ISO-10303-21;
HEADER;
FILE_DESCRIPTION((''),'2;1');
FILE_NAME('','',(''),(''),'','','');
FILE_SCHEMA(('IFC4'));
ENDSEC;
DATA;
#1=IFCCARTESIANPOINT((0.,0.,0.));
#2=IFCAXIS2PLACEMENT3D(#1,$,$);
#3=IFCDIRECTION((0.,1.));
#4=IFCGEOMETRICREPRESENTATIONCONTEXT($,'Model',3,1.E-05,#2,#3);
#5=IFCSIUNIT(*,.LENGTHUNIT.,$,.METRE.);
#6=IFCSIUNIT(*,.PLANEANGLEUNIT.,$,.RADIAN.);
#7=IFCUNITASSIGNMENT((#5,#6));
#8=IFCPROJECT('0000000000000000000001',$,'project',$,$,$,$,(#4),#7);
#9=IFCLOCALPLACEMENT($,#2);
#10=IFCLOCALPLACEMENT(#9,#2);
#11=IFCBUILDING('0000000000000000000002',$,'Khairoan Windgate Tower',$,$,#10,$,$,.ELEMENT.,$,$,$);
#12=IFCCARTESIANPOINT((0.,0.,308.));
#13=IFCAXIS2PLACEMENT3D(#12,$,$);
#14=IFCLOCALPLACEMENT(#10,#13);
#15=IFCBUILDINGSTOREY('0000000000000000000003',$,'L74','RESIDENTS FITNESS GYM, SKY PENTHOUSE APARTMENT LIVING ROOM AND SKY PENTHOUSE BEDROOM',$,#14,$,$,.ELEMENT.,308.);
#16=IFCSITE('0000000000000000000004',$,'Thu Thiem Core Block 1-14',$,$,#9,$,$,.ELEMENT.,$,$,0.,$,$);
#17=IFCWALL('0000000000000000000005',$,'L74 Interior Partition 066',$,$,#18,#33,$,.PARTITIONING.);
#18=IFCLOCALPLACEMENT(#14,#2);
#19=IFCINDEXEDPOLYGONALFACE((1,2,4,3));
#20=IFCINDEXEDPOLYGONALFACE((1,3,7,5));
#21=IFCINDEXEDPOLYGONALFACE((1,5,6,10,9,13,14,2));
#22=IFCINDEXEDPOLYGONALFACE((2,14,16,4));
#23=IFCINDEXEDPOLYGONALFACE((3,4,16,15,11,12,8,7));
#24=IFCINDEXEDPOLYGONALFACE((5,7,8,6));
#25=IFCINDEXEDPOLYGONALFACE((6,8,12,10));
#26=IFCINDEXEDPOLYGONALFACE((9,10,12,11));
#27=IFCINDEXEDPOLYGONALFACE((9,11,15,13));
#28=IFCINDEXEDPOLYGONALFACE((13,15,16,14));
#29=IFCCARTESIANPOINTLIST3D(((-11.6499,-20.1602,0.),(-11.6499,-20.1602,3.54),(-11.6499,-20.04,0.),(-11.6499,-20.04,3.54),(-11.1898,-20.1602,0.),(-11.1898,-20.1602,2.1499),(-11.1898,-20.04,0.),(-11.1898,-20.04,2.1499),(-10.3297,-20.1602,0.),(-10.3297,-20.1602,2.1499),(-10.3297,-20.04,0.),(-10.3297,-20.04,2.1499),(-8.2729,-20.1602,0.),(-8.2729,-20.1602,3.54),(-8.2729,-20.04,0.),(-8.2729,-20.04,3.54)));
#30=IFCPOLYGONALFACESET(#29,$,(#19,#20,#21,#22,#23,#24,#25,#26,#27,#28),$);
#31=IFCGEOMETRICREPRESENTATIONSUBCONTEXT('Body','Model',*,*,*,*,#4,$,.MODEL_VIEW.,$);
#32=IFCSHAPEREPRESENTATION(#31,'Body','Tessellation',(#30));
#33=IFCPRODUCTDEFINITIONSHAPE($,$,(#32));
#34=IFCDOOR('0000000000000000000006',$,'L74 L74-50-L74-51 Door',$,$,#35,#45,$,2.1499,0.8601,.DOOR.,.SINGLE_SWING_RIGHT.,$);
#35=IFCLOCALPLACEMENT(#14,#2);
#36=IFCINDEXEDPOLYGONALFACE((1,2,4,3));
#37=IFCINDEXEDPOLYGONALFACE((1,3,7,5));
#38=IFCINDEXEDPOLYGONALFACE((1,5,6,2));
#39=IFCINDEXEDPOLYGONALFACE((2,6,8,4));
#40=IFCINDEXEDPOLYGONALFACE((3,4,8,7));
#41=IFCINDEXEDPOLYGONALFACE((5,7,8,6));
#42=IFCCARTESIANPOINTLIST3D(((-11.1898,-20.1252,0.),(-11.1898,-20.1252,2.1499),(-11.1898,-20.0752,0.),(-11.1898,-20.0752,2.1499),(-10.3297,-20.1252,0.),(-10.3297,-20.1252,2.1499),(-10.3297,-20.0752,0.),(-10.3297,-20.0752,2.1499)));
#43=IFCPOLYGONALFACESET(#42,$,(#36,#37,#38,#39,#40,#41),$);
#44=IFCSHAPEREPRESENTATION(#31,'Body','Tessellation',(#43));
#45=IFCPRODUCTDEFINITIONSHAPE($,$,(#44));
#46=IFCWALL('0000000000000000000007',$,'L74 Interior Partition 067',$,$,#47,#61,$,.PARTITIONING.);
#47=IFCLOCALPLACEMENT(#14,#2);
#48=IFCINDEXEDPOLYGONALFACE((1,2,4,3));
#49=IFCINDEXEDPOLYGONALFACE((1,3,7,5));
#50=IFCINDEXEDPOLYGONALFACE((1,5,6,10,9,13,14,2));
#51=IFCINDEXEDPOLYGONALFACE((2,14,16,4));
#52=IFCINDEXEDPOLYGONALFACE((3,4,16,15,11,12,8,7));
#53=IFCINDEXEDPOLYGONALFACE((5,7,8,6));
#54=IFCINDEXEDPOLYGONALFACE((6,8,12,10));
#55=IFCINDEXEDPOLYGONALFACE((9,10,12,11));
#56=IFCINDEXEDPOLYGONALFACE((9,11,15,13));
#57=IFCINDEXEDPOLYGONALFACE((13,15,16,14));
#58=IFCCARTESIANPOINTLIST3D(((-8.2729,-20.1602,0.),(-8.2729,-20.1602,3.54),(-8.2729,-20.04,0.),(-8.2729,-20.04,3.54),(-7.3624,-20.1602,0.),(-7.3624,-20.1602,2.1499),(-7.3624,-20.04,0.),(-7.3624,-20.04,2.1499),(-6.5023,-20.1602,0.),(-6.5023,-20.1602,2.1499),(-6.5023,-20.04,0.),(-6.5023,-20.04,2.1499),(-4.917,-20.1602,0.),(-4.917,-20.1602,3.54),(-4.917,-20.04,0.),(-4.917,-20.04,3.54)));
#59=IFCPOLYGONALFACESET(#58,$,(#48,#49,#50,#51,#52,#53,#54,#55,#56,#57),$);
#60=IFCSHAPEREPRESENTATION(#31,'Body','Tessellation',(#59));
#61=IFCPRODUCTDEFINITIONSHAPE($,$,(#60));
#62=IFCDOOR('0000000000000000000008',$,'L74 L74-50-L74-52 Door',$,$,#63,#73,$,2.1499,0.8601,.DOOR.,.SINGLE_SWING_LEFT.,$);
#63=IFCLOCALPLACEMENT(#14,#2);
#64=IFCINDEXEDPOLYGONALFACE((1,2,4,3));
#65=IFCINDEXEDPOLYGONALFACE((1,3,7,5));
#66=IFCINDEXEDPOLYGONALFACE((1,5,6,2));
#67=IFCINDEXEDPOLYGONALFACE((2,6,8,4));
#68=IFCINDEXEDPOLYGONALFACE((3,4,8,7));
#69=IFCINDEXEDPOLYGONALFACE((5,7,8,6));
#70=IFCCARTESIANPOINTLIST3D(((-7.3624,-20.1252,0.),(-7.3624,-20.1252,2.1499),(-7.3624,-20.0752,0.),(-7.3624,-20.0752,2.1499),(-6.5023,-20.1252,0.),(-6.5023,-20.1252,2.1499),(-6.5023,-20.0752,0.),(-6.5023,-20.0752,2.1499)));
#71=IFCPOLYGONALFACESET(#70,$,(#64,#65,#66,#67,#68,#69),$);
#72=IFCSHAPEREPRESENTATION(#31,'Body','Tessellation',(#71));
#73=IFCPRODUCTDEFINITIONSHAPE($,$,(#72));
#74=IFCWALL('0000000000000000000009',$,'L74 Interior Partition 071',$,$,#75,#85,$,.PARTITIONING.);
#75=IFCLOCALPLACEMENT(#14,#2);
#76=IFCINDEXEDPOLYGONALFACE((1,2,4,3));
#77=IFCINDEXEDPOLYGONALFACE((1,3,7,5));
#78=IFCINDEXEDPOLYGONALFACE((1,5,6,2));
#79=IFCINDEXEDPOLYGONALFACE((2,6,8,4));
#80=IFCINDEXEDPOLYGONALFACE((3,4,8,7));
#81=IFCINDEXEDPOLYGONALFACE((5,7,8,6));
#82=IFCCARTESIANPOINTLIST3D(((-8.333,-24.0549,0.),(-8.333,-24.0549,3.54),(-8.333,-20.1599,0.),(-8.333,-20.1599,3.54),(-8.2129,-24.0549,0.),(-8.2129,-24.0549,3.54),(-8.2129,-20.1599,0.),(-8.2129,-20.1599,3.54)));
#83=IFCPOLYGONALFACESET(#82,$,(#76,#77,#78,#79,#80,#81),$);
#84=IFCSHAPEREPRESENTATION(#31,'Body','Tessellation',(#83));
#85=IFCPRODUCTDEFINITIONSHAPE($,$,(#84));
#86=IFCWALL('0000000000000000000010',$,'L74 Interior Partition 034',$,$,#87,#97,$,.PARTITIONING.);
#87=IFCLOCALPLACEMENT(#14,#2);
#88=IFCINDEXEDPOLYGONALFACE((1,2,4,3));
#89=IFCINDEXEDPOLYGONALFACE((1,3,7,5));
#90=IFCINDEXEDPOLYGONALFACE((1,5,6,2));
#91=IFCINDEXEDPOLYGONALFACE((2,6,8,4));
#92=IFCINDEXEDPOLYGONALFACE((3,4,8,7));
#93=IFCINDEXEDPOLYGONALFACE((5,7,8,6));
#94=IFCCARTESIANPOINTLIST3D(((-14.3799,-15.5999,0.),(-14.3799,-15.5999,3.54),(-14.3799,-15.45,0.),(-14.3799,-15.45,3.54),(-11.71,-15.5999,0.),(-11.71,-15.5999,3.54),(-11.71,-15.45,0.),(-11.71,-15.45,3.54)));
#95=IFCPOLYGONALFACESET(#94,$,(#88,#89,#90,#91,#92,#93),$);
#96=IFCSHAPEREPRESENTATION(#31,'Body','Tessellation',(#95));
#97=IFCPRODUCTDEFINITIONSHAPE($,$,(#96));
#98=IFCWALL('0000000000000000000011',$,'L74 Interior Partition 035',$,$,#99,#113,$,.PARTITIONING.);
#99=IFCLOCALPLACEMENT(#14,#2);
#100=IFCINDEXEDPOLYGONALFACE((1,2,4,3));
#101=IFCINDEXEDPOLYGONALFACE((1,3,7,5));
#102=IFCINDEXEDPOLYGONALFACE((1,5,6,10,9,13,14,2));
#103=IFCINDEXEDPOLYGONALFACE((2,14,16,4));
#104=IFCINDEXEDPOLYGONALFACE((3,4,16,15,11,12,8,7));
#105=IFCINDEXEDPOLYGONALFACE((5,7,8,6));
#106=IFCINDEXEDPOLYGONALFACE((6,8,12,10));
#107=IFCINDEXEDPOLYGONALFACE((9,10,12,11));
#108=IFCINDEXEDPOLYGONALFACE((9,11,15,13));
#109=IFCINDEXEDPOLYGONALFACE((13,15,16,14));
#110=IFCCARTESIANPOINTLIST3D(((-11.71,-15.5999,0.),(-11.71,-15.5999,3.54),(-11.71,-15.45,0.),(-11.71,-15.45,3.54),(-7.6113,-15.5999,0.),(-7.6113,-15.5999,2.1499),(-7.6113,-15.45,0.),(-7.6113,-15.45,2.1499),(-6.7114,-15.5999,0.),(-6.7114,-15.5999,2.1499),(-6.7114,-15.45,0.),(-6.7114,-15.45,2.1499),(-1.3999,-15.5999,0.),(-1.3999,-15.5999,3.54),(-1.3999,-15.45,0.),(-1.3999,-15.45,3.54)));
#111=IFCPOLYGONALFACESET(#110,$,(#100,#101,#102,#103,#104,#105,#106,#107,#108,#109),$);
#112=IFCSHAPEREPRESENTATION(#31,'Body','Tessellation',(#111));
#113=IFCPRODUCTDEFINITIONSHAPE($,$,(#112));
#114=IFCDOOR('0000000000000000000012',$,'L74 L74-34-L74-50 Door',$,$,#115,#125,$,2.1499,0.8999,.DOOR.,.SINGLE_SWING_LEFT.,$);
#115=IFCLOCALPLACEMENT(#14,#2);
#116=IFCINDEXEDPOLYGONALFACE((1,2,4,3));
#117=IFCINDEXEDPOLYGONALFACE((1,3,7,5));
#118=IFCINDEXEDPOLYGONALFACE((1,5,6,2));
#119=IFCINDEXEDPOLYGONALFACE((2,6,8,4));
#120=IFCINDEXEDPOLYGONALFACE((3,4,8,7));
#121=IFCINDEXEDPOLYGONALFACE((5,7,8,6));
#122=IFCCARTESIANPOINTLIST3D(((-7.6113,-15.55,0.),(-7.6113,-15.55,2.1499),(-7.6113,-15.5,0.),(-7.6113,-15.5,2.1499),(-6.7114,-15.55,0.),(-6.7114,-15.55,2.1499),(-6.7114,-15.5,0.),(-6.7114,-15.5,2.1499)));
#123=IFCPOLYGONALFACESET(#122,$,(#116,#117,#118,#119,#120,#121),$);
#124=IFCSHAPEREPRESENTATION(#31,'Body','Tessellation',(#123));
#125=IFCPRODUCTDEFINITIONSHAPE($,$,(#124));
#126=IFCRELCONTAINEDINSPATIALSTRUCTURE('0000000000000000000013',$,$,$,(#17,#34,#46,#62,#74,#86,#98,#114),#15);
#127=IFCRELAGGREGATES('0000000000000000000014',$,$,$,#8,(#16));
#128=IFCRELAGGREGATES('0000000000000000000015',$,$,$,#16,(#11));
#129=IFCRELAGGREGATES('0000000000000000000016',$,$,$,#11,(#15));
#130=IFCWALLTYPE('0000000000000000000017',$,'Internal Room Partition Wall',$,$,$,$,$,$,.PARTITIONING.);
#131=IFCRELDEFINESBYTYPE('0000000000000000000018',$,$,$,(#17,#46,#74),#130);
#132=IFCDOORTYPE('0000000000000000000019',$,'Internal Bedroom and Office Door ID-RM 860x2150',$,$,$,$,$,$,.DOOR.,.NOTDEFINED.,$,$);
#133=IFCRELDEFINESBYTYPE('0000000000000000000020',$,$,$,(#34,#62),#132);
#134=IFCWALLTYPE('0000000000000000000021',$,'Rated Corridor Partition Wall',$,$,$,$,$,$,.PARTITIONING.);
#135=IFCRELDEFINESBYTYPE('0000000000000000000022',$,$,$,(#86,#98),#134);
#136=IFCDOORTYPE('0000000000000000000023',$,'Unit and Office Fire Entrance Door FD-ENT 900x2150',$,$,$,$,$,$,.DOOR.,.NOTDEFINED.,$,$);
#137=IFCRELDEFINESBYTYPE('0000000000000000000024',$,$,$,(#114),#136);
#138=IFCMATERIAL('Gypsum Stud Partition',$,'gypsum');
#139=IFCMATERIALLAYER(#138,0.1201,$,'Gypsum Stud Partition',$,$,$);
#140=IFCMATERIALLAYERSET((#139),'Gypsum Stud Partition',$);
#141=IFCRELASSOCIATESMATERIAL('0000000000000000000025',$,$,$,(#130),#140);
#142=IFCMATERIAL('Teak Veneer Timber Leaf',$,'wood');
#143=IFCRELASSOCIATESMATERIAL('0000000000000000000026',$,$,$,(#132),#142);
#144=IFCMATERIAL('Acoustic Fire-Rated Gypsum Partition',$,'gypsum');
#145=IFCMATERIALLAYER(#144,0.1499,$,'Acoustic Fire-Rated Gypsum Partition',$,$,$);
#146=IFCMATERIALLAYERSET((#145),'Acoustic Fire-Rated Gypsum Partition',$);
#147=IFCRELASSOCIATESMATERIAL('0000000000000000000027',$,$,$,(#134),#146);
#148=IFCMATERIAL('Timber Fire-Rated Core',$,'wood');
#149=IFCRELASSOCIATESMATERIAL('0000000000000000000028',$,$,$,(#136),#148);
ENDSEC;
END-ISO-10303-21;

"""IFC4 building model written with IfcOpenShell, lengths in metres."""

from ifc_helpers import new_model, si_unit, direction, frame, frame_2d, origin, place, context, subcontext, project, spatial, rectangle, extrude, material, layer, layer_set, type_object, element, fill, save


model = new_model("IFC4")

# Units and contexts
model_context = context("Model", 3, precision=1e-05, world=origin(), true_north=direction((0.0, 1.0)))
body_context = subcontext(model_context, "Body", "Model", "MODEL_VIEW")
ifc_project = project(units=[si_unit("LENGTHUNIT", "METRE"), si_unit("PLANEANGLEUNIT", "RADIAN")], contexts=[model_context])

# Site, building, storey
site_placement = place(None, origin())
site = spatial("IfcSite", under=ifc_project, at=site_placement, Name="Thu Thiem Core Block 1-14", CompositionType="ELEMENT", RefElevation=0.0)
building_placement = place(site_placement, origin())
building = spatial("IfcBuilding", under=site, at=building_placement, Name="Khairoan Windgate Tower", CompositionType="ELEMENT")
storey_placement = place(building_placement, frame((0.0, 0.0, 308.0)))
storey = spatial("IfcBuildingStorey", under=building, at=storey_placement, Name="L74", Description="RESIDENTS FITNESS GYM, SKY PENTHOUSE APARTMENT LIVING ROOM AND SKY PENTHOUSE BEDROOM", CompositionType="ELEMENT", Elevation=308.0)

# Shared definitions
ifc_material_1 = material(Name="Gypsum Stud Partition", Category="gypsum")
ifc_layer_1 = layer(ifc_material_1, 0.1201, Name="Gypsum Stud Partition")
ifc_layer_set_1 = layer_set([ifc_layer_1], Name="Gypsum Stud Partition")
wall_type_1 = type_object("IfcWallType", Name="Internal Room Partition Wall", PredefinedType="PARTITIONING", material=ifc_layer_set_1)
ifc_material_2 = material(Name="Teak Veneer Timber Leaf", Category="wood")
door_type_1 = type_object("IfcDoorType", Name="Internal Bedroom and Office Door ID-RM 860x2150", OperationType="NOTDEFINED", PredefinedType="DOOR", material=ifc_material_2)

# Walls, openings, doors
wall_1_placement = place(storey_placement, frame((-11.6499, -20.1001, 0.0), z_axis=(0.0, 0.0, 1.0), x_axis=(1.0, 0.0, 0.0)))
wall_1 = element("IfcWall", 1, at=wall_1_placement, inside=storey, type_object=wall_type_1, Name="L74 Interior Partition 066", PredefinedType="PARTITIONING", context=body_context, shape_type="SweptSolid", body=[
    extrude(rectangle(XDim=3.377, YDim=0.1201, at=frame_2d((1.6885, 0.0))), origin(), (0.0, 0.0, 1.0), 3.54),
])
opening_1_placement = place(wall_1_placement, frame((0.46, 0.0, 0.0)))
opening_1 = element("IfcOpeningElement", 2, at=opening_1_placement, cuts=wall_1, PredefinedType="OPENING", context=body_context, shape_type="SweptSolid", body=[
    extrude(rectangle(XDim=0.8601, YDim=2.1499, at=frame_2d((0.4302, 1.075))), frame((0.0, 0.0701, 0.0), z_axis=(0.0, -1.0, 0.0), x_axis=(1.0, 0.0, 0.0)), (0.0, 0.0, 1.0), 0.1401),
])
door_1_placement = place(opening_1_placement, origin())
door_1 = element("IfcDoor", 3, at=door_1_placement, inside=storey, type_object=door_type_1, Name="L74 L74-50-L74-51 Door", OperationType="SINGLE_SWING_RIGHT", OverallHeight=2.1499, OverallWidth=0.8601, PredefinedType="DOOR", context=body_context, shape_type="SweptSolid", body=[
    extrude(rectangle(XDim=0.8601, YDim=2.1499, at=frame_2d((0.4302, 1.075))), frame((0.0, 0.0249, 0.0), z_axis=(0.0, -1.0, 0.0), x_axis=(1.0, 0.0, 0.0)), (0.0, 0.0, 1.0), 0.05),
])
fill(opening_1, door_1)
wall_2_placement = place(storey_placement, frame((-8.2729, -20.1001, 0.0), z_axis=(0.0, 0.0, 1.0), x_axis=(1.0, 0.0, 0.0)))
wall_2 = element("IfcWall", 4, at=wall_2_placement, inside=storey, type_object=wall_type_1, Name="L74 Interior Partition 067", PredefinedType="PARTITIONING", context=body_context, shape_type="SweptSolid", body=[
    extrude(rectangle(XDim=3.356, YDim=0.1201, at=frame_2d((1.678, 0.0))), origin(), (0.0, 0.0, 1.0), 3.54),
])
opening_2_placement = place(wall_2_placement, frame((0.9104, 0.0, 0.0)))
opening_2 = element("IfcOpeningElement", 5, at=opening_2_placement, cuts=wall_2, PredefinedType="OPENING", context=body_context, shape_type="SweptSolid", body=[
    extrude(rectangle(XDim=0.8601, YDim=2.1499, at=frame_2d((0.4302, 1.075))), frame((0.0, 0.0701, 0.0), z_axis=(0.0, -1.0, 0.0), x_axis=(1.0, 0.0, 0.0)), (0.0, 0.0, 1.0), 0.1401),
])
door_2_placement = place(opening_2_placement, origin())
door_2 = element("IfcDoor", 6, at=door_2_placement, inside=storey, type_object=door_type_1, Name="L74 L74-50-L74-52 Door", OperationType="SINGLE_SWING_LEFT", OverallHeight=2.1499, OverallWidth=0.8601, PredefinedType="DOOR", context=body_context, shape_type="SweptSolid", body=[
    extrude(rectangle(XDim=0.8601, YDim=2.1499, at=frame_2d((0.4302, 1.075))), frame((0.0, 0.0249, 0.0), z_axis=(0.0, -1.0, 0.0), x_axis=(1.0, 0.0, 0.0)), (0.0, 0.0, 1.0), 0.05),
])
fill(opening_2, door_2)

# Walls
wall_3_placement = place(storey_placement, frame((-8.2729, -24.0549, 0.0), z_axis=(0.0, 0.0, 1.0), x_axis=(0.0, 1.0, 0.0)))
element("IfcWall", 7, at=wall_3_placement, inside=storey, type_object=wall_type_1, Name="L74 Interior Partition 071", PredefinedType="PARTITIONING", context=body_context, shape_type="SweptSolid", body=[
    extrude(rectangle(XDim=3.895, YDim=0.1201, at=frame_2d((1.9475, 0.0))), origin(), (0.0, 0.0, 1.0), 3.54),
])
ifc_material_3 = material(Name="Acoustic Fire-Rated Gypsum Partition", Category="gypsum")
ifc_layer_2 = layer(ifc_material_3, 0.1499, Name="Acoustic Fire-Rated Gypsum Partition")
ifc_layer_set_2 = layer_set([ifc_layer_2], Name="Acoustic Fire-Rated Gypsum Partition")
wall_type_2 = type_object("IfcWallType", Name="Rated Corridor Partition Wall", PredefinedType="PARTITIONING", material=ifc_layer_set_2)
wall_4_placement = place(storey_placement, frame((-14.3799, -15.5249, 0.0), z_axis=(0.0, 0.0, 1.0), x_axis=(1.0, 0.0, 0.0)))
element("IfcWall", 8, at=wall_4_placement, inside=storey, type_object=wall_type_2, Name="L74 Interior Partition 034", PredefinedType="PARTITIONING", context=body_context, shape_type="SweptSolid", body=[
    extrude(rectangle(XDim=2.6699, YDim=0.1499, at=frame_2d((1.335, 0.0))), origin(), (0.0, 0.0, 1.0), 3.54),
])

# Wall, opening, door
wall_5_placement = place(storey_placement, frame((-11.71, -15.5249, 0.0), z_axis=(0.0, 0.0, 1.0), x_axis=(1.0, 0.0, 0.0)))
wall_5 = element("IfcWall", 9, at=wall_5_placement, inside=storey, type_object=wall_type_2, Name="L74 Interior Partition 035", PredefinedType="PARTITIONING", context=body_context, shape_type="SweptSolid", body=[
    extrude(rectangle(XDim=10.3101, YDim=0.1499, at=frame_2d((5.155, 0.0))), origin(), (0.0, 0.0, 1.0), 3.54),
])
opening_3_placement = place(wall_5_placement, frame((4.0986, 0.0, 0.0)))
opening_3 = element("IfcOpeningElement", 10, at=opening_3_placement, cuts=wall_5, PredefinedType="OPENING", context=body_context, shape_type="SweptSolid", body=[
    extrude(rectangle(XDim=0.8999, YDim=2.1499, at=frame_2d((0.45, 1.075))), frame((0.0, 0.085, 0.0), z_axis=(0.0, -1.0, 0.0), x_axis=(1.0, 0.0, 0.0)), (0.0, 0.0, 1.0), 0.1699),
])
ifc_material_4 = material(Name="Timber Fire-Rated Core", Category="wood")
door_type_2 = type_object("IfcDoorType", Name="Unit and Office Fire Entrance Door FD-ENT 900x2150", OperationType="NOTDEFINED", PredefinedType="DOOR", material=ifc_material_4)
door_3_placement = place(opening_3_placement, origin())
door_3 = element("IfcDoor", 11, at=door_3_placement, inside=storey, type_object=door_type_2, Name="L74 L74-34-L74-50 Door", OperationType="SINGLE_SWING_LEFT", OverallHeight=2.1499, OverallWidth=0.8999, PredefinedType="DOOR", context=body_context, shape_type="SweptSolid", body=[
    extrude(rectangle(XDim=0.8999, YDim=2.1499, at=frame_2d((0.45, 1.075))), frame((0.0, 0.0249, 0.0), z_axis=(0.0, -1.0, 0.0), x_axis=(1.0, 0.0, 0.0)), (0.0, 0.0, 1.0), 0.05),
])
fill(opening_3, door_3)

save(model, "model.ifc")
